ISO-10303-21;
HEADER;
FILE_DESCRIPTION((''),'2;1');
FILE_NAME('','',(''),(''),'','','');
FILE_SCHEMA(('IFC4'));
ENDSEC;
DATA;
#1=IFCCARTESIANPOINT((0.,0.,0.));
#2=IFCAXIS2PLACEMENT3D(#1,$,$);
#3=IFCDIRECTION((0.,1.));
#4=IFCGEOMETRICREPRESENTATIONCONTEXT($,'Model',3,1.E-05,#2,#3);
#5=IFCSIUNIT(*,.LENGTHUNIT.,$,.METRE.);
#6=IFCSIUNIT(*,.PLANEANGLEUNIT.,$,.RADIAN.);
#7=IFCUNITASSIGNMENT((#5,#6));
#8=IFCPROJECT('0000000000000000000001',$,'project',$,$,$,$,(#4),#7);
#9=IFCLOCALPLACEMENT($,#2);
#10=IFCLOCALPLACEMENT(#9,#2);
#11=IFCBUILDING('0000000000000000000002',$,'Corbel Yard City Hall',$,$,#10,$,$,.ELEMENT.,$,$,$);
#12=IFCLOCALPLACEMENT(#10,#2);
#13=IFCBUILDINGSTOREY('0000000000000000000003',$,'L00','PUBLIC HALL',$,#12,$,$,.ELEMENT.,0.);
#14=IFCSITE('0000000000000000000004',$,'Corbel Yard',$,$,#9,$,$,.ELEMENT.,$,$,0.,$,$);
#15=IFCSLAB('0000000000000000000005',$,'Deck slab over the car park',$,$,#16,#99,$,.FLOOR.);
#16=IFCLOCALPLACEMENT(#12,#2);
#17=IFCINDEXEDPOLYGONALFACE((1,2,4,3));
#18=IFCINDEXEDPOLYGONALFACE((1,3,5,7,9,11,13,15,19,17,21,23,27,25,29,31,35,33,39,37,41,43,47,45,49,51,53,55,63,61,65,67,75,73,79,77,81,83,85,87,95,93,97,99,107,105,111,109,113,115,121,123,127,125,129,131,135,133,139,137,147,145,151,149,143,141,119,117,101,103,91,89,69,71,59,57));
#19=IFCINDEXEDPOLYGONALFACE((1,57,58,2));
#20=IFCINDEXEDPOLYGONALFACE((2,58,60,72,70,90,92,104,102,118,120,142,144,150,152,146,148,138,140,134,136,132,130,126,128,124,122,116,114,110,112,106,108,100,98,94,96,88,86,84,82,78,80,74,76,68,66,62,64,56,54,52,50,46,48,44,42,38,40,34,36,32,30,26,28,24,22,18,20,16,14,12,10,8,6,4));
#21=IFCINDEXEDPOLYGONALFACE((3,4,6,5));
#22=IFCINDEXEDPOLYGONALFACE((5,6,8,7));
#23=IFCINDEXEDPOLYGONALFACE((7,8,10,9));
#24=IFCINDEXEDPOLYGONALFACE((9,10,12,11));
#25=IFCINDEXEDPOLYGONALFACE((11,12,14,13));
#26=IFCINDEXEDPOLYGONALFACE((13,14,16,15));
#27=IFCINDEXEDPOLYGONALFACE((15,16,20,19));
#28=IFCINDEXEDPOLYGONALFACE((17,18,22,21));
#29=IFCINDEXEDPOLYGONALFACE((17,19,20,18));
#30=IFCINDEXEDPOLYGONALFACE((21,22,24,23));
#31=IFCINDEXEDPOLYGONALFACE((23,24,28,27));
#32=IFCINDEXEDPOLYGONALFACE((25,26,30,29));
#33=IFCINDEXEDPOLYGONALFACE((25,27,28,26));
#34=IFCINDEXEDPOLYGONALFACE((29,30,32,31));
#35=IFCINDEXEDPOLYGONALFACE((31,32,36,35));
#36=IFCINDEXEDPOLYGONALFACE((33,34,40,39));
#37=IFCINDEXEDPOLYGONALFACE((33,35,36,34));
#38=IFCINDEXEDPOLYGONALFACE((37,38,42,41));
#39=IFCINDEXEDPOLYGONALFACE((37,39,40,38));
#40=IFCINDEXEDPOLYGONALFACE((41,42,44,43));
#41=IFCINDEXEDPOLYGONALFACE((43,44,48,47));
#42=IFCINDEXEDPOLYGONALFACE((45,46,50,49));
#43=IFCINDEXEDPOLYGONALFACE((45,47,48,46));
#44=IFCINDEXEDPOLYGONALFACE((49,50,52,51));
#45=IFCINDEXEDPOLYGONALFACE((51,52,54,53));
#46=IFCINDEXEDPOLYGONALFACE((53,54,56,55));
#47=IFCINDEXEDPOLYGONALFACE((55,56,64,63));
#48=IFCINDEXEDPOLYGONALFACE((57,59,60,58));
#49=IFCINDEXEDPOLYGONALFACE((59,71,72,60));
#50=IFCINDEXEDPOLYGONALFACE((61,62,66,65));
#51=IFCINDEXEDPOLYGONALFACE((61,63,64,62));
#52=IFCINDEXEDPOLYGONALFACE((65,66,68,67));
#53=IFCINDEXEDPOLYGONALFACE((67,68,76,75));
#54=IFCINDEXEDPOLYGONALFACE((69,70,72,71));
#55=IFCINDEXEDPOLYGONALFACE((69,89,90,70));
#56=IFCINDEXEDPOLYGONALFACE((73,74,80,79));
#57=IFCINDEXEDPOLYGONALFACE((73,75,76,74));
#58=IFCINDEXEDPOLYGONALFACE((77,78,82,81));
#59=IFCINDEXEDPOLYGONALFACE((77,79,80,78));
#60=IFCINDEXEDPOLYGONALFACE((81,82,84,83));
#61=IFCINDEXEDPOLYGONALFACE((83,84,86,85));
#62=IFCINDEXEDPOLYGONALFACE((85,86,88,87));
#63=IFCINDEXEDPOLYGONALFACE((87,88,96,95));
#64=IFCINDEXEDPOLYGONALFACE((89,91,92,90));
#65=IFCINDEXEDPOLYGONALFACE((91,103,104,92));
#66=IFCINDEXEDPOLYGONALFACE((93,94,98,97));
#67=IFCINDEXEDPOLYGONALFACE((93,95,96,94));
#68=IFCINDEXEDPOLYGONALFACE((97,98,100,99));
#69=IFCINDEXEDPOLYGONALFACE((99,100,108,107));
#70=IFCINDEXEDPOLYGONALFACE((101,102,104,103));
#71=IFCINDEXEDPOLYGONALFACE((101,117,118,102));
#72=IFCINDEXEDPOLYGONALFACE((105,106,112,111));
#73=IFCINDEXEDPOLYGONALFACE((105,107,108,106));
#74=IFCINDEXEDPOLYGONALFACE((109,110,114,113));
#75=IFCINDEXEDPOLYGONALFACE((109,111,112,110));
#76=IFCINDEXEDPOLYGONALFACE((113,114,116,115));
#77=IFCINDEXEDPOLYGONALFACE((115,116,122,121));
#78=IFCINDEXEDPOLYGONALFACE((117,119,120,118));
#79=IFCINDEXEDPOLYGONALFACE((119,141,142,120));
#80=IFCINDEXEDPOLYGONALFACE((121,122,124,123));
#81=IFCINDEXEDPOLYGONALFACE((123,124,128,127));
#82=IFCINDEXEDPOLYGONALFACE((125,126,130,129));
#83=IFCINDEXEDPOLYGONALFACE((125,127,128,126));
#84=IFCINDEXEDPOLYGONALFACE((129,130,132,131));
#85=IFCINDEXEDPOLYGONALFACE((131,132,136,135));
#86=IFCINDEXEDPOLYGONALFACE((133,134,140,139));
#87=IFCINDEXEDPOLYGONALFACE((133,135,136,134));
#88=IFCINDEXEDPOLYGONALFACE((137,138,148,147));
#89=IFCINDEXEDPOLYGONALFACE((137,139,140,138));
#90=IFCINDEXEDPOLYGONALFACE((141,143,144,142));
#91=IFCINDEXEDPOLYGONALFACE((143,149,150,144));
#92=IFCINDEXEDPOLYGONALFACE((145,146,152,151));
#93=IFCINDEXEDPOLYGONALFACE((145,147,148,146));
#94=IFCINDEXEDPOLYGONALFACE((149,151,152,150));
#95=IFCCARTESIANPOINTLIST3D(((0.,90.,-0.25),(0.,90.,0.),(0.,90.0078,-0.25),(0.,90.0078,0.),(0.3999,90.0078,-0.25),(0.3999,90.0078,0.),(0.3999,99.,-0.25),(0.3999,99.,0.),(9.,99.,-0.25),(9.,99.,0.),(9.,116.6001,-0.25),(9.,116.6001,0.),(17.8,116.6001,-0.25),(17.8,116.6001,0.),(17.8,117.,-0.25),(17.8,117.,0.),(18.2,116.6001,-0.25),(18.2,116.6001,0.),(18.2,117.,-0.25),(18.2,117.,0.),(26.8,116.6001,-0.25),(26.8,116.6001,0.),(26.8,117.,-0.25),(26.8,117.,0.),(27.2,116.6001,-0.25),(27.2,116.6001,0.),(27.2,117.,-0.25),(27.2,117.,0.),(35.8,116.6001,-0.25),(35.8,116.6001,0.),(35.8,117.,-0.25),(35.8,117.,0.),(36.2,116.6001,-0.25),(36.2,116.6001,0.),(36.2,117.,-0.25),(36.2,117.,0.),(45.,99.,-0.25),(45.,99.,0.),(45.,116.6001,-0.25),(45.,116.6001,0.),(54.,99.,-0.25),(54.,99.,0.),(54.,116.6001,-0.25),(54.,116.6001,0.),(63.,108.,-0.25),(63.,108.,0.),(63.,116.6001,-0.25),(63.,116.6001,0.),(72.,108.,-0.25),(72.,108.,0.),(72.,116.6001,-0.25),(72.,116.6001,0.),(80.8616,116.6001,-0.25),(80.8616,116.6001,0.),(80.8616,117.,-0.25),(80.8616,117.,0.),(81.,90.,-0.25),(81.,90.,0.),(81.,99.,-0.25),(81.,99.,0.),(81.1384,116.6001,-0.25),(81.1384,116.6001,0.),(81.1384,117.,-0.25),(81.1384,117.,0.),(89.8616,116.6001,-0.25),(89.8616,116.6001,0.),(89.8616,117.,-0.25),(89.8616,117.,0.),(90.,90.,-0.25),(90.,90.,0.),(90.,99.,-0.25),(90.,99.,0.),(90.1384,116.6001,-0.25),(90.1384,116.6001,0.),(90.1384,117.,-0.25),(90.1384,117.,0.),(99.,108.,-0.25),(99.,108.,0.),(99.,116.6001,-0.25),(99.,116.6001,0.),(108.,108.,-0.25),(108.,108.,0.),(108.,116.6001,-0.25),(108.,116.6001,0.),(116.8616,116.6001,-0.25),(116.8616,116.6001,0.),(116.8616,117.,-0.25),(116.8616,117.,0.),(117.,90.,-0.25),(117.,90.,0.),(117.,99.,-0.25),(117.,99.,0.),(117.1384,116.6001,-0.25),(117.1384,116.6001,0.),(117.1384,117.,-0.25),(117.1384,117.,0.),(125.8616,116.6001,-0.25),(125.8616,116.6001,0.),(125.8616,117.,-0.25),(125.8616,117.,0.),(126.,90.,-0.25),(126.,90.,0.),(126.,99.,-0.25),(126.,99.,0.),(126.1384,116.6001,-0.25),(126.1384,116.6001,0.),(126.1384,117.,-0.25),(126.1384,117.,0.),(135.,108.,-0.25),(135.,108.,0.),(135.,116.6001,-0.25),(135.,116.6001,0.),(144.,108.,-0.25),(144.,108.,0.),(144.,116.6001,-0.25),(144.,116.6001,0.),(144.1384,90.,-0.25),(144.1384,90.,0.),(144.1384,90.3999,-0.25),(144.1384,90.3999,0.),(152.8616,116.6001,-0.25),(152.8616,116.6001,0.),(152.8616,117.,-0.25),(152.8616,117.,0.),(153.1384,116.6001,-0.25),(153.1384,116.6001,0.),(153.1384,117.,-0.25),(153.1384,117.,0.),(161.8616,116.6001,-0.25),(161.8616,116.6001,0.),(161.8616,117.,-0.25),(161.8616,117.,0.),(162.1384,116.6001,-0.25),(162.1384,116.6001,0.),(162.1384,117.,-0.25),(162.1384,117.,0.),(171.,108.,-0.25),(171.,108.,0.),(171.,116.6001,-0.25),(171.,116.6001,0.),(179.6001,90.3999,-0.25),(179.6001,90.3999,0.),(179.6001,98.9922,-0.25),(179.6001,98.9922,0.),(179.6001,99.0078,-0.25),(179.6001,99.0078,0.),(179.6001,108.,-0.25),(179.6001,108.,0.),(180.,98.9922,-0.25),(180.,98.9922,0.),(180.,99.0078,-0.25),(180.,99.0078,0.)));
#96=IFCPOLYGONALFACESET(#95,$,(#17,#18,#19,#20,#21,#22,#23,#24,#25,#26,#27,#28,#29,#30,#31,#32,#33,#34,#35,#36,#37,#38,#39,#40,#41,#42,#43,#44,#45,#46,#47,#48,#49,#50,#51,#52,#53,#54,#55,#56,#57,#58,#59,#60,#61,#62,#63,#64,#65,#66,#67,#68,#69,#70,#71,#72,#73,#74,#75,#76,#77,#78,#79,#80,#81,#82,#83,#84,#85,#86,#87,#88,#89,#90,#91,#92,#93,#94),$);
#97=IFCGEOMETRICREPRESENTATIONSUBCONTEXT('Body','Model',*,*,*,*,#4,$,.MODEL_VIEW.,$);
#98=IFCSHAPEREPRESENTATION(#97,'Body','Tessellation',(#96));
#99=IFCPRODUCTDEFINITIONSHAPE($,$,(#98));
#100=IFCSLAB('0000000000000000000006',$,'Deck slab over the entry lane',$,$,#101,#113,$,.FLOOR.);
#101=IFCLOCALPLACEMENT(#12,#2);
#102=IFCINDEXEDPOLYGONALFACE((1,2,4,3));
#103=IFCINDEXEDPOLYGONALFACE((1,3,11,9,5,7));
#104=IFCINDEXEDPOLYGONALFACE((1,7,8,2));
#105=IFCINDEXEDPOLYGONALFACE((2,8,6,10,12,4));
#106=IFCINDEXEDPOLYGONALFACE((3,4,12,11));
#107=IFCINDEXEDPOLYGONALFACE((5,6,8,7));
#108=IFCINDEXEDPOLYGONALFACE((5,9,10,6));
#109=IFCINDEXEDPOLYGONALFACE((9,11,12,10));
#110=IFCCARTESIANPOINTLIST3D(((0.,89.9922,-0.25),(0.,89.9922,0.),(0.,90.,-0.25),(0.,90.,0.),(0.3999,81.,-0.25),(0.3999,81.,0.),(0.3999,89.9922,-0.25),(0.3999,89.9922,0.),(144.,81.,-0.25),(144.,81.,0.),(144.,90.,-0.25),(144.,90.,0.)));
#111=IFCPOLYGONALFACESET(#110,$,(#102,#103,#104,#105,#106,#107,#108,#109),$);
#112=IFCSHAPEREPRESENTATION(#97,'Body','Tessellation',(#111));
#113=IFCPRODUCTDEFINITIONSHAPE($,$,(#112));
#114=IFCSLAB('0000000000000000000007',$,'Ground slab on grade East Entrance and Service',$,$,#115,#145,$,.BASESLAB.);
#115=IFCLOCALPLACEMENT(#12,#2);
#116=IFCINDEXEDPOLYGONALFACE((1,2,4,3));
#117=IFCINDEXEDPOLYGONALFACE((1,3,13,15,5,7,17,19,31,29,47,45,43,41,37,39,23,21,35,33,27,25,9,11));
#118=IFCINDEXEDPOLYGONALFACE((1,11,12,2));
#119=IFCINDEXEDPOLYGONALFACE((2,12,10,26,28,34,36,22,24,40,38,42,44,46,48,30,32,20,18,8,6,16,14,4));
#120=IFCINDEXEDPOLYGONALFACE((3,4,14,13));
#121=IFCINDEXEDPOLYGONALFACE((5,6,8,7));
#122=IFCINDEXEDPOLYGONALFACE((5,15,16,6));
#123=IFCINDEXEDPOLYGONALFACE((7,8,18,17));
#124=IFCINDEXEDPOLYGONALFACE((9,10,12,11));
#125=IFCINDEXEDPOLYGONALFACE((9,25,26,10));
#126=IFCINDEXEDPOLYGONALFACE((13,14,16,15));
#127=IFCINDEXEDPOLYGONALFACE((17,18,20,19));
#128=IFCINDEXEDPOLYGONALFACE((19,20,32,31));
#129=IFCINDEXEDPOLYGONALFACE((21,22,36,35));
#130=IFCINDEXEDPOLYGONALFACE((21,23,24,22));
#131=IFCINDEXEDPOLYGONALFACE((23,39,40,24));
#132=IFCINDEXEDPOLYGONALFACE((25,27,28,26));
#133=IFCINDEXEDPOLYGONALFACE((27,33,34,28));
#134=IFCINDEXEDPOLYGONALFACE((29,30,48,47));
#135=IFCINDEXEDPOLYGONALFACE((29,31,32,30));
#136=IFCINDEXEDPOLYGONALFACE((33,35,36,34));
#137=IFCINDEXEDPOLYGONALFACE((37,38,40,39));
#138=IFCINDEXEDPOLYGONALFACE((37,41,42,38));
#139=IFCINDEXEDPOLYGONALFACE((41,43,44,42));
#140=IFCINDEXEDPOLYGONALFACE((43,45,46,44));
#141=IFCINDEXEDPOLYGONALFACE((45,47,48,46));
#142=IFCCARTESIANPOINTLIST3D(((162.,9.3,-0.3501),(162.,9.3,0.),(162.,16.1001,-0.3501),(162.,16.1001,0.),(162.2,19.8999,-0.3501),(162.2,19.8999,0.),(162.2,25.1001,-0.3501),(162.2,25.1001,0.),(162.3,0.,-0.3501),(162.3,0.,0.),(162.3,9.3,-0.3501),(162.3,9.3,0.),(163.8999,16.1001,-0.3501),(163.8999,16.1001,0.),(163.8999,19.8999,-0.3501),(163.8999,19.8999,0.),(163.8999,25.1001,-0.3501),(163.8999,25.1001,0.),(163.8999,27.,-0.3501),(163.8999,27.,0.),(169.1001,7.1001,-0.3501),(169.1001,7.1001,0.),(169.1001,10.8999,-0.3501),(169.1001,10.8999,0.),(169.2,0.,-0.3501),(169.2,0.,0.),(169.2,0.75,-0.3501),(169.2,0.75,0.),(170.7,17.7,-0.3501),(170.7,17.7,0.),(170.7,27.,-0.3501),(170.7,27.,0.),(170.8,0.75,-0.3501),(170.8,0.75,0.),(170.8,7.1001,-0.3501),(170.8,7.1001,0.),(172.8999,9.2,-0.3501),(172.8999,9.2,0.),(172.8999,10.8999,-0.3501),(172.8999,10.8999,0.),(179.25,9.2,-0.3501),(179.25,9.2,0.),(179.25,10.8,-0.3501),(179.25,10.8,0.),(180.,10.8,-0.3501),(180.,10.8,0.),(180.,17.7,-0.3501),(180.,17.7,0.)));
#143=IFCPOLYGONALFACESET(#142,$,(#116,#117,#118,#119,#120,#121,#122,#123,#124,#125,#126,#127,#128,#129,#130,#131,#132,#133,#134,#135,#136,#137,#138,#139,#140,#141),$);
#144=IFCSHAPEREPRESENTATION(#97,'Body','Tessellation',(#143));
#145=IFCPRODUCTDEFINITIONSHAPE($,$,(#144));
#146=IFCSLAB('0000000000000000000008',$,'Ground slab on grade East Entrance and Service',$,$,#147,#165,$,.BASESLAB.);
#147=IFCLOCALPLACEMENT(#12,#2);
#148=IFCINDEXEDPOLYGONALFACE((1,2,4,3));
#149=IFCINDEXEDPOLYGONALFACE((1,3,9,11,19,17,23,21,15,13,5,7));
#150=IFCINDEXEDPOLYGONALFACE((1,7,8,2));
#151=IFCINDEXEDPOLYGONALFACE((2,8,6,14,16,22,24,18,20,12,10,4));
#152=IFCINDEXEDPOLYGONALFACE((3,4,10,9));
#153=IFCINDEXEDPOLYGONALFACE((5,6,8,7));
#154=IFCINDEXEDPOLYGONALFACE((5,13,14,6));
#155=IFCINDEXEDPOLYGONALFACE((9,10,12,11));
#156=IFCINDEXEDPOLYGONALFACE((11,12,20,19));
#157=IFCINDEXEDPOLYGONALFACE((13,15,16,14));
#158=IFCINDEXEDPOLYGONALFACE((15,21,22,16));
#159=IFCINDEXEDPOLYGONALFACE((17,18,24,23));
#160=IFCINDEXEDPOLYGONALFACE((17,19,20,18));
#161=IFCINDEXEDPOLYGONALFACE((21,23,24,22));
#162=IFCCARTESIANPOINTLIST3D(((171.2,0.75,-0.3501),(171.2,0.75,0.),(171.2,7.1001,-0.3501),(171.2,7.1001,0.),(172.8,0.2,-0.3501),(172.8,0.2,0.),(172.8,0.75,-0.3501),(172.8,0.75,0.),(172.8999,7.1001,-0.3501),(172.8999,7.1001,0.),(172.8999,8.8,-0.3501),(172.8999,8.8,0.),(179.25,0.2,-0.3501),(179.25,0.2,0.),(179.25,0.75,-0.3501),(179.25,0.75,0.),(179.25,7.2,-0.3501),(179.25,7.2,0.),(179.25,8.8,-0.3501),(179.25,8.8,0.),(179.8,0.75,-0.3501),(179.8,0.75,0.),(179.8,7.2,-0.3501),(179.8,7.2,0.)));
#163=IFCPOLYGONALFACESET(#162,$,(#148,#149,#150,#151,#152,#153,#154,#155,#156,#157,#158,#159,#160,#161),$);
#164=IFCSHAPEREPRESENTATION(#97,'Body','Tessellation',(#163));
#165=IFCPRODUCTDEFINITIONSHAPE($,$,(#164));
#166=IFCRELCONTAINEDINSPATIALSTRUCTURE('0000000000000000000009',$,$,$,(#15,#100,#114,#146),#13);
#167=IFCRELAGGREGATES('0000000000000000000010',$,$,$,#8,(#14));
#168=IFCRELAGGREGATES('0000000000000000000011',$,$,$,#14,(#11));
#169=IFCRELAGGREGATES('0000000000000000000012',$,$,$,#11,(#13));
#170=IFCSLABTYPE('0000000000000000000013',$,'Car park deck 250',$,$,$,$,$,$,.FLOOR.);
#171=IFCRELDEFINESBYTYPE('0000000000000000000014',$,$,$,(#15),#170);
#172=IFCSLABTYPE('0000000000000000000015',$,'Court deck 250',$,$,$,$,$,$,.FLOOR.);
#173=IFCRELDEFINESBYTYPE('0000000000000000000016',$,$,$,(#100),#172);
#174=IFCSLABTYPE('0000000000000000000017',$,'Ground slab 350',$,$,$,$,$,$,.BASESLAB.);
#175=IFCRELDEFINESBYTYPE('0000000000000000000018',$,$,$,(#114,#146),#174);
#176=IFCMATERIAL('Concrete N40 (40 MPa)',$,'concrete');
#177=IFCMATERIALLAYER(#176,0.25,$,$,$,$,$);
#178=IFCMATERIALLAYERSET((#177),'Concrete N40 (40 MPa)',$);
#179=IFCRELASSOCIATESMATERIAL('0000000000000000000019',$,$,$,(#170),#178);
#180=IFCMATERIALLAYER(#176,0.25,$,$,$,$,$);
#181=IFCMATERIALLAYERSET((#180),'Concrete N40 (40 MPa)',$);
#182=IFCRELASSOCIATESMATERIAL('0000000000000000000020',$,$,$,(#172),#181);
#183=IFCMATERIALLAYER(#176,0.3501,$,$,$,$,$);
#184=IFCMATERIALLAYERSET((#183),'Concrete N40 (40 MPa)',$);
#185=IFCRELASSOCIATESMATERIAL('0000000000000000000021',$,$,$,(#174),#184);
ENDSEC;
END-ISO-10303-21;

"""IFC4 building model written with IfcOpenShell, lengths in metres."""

from ifc_helpers import new_model, si_unit, direction, frame, origin, place, context, subcontext, project, spatial, polyline, outline, extrude, material, layer, layer_set, type_object, element, save


model = new_model("IFC4")

# Units and contexts
model_context = context("Model", 3, precision=1e-05, world=origin(), true_north=direction((0.0, 1.0)))
body_context = subcontext(model_context, "Body", "Model", "MODEL_VIEW")
ifc_project = project(units=[si_unit("LENGTHUNIT", "METRE"), si_unit("PLANEANGLEUNIT", "RADIAN")], contexts=[model_context])

# Site, building, storey
site_placement = place(None, origin())
site = spatial("IfcSite", under=ifc_project, at=site_placement, Name="Corbel Yard", CompositionType="ELEMENT", RefElevation=0.0)
building_placement = place(site_placement, origin())
building = spatial("IfcBuilding", under=site, at=building_placement, Name="Corbel Yard City Hall", CompositionType="ELEMENT")
storey_placement = place(building_placement, origin())
storey = spatial("IfcBuildingStorey", under=building, at=storey_placement, Name="L00", Description="PUBLIC HALL", CompositionType="ELEMENT", Elevation=0.0)

# Shared definitions
ifc_material = material(Name="Concrete N40 (40 MPa)", Category="concrete")

# Slabs
ifc_layer_1 = layer(ifc_material, 0.25)
ifc_layer_set_1 = layer_set([ifc_layer_1], Name="Concrete N40 (40 MPa)")
slab_type_1 = type_object("IfcSlabType", Name="Car park deck 250", PredefinedType="FLOOR", material=ifc_layer_set_1)
slab_1_placement = place(storey_placement, frame((0.0, 0.0, -0.25)))
element("IfcSlab", 1, at=slab_1_placement, inside=storey, type_object=slab_type_1, Name="Deck slab over the car park", PredefinedType="FLOOR", context=body_context, shape_type="SweptSolid", body=[
    extrude(outline(polyline([(36.2, 116.6001), (36.2, 117.0), (35.8, 117.0), (35.8, 116.6001), (27.2, 116.6001), (27.2, 117.0), (26.8, 117.0), (26.8, 116.6001), (18.2, 116.6001), (18.2, 117.0), (17.8, 117.0), (17.8, 116.6001), (9.0, 116.6001), (9.0, 99.0), (0.3999, 99.0), (0.3999, 90.0078), (0.0, 90.0078), (0.0, 90.0), (81.0, 90.0), (81.0, 99.0), (90.0, 99.0), (90.0, 90.0), (117.0, 90.0), (117.0, 99.0), (126.0, 99.0), (126.0, 90.0), (144.1384, 90.0), (144.1384, 90.3999), (179.6001, 90.3999), (179.6001, 98.9922), (180.0, 98.9922), (180.0, 99.0078), (179.6001, 99.0078), (179.6001, 108.0), (171.0, 108.0), (171.0, 116.6001), (162.1384, 116.6001), (162.1384, 117.0), (161.8616, 117.0), (161.8616, 116.6001), (153.1384, 116.6001), (153.1384, 117.0), (152.8616, 117.0), (152.8616, 116.6001), (144.0, 116.6001), (144.0, 108.0), (135.0, 108.0), (135.0, 116.6001), (126.1384, 116.6001), (126.1384, 117.0), (125.8616, 117.0), (125.8616, 116.6001), (117.1384, 116.6001), (117.1384, 117.0), (116.8616, 117.0), (116.8616, 116.6001), (108.0, 116.6001), (108.0, 108.0), (99.0, 108.0), (99.0, 116.6001), (90.1384, 116.6001), (90.1384, 117.0), (89.8616, 117.0), (89.8616, 116.6001), (81.1384, 116.6001), (81.1384, 117.0), (80.8616, 117.0), (80.8616, 116.6001), (72.0, 116.6001), (72.0, 108.0), (63.0, 108.0), (63.0, 116.6001), (54.0, 116.6001), (54.0, 99.0), (45.0, 99.0), (45.0, 116.6001), (36.2, 116.6001)])), origin(), (0.0, 0.0, 1.0), 0.25),
])
ifc_layer_2 = layer(ifc_material, 0.25)
ifc_layer_set_2 = layer_set([ifc_layer_2], Name="Concrete N40 (40 MPa)")
slab_type_2 = type_object("IfcSlabType", Name="Court deck 250", PredefinedType="FLOOR", material=ifc_layer_set_2)
slab_2_placement = place(storey_placement, frame((0.0, 0.0, -0.25)))
element("IfcSlab", 2, at=slab_2_placement, inside=storey, type_object=slab_type_2, Name="Deck slab over the entry lane", PredefinedType="FLOOR", context=body_context, shape_type="SweptSolid", body=[
    extrude(outline(polyline([(144.0, 81.0), (144.0, 90.0), (0.0, 90.0), (0.0, 89.9922), (0.3999, 89.9922), (0.3999, 81.0), (144.0, 81.0)])), origin(), (0.0, 0.0, 1.0), 0.25),
])
ifc_layer_3 = layer(ifc_material, 0.3501)
ifc_layer_set_3 = layer_set([ifc_layer_3], Name="Concrete N40 (40 MPa)")
slab_type_3 = type_object("IfcSlabType", Name="Ground slab 350", PredefinedType="BASESLAB", material=ifc_layer_set_3)
slab_3_placement = place(storey_placement, frame((0.0, 0.0, -0.3501)))
element("IfcSlab", 3, at=slab_3_placement, inside=storey, type_object=slab_type_3, Name="Ground slab on grade East Entrance and Service", PredefinedType="BASESLAB", context=body_context, shape_type="SweptSolid", body=[
    extrude(outline(polyline([(169.2, 0.75), (170.8, 0.75), (170.8, 7.1001), (169.1001, 7.1001), (169.1001, 10.8999), (172.8999, 10.8999), (172.8999, 9.2), (179.25, 9.2), (179.25, 10.8), (180.0, 10.8), (180.0, 17.7), (170.7, 17.7), (170.7, 27.0), (163.8999, 27.0), (163.8999, 25.1001), (162.2, 25.1001), (162.2, 19.8999), (163.8999, 19.8999), (163.8999, 16.1001), (162.0, 16.1001), (162.0, 9.3), (162.3, 9.3), (162.3, 0.0), (169.2, 0.0), (169.2, 0.75)])), origin(), (0.0, 0.0, 1.0), 0.3501),
])
slab_4_placement = place(storey_placement, frame((0.0, 0.0, -0.3501)))
element("IfcSlab", 4, at=slab_4_placement, inside=storey, type_object=slab_type_3, Name="Ground slab on grade East Entrance and Service", PredefinedType="BASESLAB", context=body_context, shape_type="SweptSolid", body=[
    extrude(outline(polyline([(179.25, 8.8), (172.8999, 8.8), (172.8999, 7.1001), (171.2, 7.1001), (171.2, 0.75), (172.8, 0.75), (172.8, 0.2), (179.25, 0.2), (179.25, 0.75), (179.8, 0.75), (179.8, 7.2), (179.25, 7.2), (179.25, 8.8)])), origin(), (0.0, 0.0, 1.0), 0.3501),
])

save(model, "model.ifc")
